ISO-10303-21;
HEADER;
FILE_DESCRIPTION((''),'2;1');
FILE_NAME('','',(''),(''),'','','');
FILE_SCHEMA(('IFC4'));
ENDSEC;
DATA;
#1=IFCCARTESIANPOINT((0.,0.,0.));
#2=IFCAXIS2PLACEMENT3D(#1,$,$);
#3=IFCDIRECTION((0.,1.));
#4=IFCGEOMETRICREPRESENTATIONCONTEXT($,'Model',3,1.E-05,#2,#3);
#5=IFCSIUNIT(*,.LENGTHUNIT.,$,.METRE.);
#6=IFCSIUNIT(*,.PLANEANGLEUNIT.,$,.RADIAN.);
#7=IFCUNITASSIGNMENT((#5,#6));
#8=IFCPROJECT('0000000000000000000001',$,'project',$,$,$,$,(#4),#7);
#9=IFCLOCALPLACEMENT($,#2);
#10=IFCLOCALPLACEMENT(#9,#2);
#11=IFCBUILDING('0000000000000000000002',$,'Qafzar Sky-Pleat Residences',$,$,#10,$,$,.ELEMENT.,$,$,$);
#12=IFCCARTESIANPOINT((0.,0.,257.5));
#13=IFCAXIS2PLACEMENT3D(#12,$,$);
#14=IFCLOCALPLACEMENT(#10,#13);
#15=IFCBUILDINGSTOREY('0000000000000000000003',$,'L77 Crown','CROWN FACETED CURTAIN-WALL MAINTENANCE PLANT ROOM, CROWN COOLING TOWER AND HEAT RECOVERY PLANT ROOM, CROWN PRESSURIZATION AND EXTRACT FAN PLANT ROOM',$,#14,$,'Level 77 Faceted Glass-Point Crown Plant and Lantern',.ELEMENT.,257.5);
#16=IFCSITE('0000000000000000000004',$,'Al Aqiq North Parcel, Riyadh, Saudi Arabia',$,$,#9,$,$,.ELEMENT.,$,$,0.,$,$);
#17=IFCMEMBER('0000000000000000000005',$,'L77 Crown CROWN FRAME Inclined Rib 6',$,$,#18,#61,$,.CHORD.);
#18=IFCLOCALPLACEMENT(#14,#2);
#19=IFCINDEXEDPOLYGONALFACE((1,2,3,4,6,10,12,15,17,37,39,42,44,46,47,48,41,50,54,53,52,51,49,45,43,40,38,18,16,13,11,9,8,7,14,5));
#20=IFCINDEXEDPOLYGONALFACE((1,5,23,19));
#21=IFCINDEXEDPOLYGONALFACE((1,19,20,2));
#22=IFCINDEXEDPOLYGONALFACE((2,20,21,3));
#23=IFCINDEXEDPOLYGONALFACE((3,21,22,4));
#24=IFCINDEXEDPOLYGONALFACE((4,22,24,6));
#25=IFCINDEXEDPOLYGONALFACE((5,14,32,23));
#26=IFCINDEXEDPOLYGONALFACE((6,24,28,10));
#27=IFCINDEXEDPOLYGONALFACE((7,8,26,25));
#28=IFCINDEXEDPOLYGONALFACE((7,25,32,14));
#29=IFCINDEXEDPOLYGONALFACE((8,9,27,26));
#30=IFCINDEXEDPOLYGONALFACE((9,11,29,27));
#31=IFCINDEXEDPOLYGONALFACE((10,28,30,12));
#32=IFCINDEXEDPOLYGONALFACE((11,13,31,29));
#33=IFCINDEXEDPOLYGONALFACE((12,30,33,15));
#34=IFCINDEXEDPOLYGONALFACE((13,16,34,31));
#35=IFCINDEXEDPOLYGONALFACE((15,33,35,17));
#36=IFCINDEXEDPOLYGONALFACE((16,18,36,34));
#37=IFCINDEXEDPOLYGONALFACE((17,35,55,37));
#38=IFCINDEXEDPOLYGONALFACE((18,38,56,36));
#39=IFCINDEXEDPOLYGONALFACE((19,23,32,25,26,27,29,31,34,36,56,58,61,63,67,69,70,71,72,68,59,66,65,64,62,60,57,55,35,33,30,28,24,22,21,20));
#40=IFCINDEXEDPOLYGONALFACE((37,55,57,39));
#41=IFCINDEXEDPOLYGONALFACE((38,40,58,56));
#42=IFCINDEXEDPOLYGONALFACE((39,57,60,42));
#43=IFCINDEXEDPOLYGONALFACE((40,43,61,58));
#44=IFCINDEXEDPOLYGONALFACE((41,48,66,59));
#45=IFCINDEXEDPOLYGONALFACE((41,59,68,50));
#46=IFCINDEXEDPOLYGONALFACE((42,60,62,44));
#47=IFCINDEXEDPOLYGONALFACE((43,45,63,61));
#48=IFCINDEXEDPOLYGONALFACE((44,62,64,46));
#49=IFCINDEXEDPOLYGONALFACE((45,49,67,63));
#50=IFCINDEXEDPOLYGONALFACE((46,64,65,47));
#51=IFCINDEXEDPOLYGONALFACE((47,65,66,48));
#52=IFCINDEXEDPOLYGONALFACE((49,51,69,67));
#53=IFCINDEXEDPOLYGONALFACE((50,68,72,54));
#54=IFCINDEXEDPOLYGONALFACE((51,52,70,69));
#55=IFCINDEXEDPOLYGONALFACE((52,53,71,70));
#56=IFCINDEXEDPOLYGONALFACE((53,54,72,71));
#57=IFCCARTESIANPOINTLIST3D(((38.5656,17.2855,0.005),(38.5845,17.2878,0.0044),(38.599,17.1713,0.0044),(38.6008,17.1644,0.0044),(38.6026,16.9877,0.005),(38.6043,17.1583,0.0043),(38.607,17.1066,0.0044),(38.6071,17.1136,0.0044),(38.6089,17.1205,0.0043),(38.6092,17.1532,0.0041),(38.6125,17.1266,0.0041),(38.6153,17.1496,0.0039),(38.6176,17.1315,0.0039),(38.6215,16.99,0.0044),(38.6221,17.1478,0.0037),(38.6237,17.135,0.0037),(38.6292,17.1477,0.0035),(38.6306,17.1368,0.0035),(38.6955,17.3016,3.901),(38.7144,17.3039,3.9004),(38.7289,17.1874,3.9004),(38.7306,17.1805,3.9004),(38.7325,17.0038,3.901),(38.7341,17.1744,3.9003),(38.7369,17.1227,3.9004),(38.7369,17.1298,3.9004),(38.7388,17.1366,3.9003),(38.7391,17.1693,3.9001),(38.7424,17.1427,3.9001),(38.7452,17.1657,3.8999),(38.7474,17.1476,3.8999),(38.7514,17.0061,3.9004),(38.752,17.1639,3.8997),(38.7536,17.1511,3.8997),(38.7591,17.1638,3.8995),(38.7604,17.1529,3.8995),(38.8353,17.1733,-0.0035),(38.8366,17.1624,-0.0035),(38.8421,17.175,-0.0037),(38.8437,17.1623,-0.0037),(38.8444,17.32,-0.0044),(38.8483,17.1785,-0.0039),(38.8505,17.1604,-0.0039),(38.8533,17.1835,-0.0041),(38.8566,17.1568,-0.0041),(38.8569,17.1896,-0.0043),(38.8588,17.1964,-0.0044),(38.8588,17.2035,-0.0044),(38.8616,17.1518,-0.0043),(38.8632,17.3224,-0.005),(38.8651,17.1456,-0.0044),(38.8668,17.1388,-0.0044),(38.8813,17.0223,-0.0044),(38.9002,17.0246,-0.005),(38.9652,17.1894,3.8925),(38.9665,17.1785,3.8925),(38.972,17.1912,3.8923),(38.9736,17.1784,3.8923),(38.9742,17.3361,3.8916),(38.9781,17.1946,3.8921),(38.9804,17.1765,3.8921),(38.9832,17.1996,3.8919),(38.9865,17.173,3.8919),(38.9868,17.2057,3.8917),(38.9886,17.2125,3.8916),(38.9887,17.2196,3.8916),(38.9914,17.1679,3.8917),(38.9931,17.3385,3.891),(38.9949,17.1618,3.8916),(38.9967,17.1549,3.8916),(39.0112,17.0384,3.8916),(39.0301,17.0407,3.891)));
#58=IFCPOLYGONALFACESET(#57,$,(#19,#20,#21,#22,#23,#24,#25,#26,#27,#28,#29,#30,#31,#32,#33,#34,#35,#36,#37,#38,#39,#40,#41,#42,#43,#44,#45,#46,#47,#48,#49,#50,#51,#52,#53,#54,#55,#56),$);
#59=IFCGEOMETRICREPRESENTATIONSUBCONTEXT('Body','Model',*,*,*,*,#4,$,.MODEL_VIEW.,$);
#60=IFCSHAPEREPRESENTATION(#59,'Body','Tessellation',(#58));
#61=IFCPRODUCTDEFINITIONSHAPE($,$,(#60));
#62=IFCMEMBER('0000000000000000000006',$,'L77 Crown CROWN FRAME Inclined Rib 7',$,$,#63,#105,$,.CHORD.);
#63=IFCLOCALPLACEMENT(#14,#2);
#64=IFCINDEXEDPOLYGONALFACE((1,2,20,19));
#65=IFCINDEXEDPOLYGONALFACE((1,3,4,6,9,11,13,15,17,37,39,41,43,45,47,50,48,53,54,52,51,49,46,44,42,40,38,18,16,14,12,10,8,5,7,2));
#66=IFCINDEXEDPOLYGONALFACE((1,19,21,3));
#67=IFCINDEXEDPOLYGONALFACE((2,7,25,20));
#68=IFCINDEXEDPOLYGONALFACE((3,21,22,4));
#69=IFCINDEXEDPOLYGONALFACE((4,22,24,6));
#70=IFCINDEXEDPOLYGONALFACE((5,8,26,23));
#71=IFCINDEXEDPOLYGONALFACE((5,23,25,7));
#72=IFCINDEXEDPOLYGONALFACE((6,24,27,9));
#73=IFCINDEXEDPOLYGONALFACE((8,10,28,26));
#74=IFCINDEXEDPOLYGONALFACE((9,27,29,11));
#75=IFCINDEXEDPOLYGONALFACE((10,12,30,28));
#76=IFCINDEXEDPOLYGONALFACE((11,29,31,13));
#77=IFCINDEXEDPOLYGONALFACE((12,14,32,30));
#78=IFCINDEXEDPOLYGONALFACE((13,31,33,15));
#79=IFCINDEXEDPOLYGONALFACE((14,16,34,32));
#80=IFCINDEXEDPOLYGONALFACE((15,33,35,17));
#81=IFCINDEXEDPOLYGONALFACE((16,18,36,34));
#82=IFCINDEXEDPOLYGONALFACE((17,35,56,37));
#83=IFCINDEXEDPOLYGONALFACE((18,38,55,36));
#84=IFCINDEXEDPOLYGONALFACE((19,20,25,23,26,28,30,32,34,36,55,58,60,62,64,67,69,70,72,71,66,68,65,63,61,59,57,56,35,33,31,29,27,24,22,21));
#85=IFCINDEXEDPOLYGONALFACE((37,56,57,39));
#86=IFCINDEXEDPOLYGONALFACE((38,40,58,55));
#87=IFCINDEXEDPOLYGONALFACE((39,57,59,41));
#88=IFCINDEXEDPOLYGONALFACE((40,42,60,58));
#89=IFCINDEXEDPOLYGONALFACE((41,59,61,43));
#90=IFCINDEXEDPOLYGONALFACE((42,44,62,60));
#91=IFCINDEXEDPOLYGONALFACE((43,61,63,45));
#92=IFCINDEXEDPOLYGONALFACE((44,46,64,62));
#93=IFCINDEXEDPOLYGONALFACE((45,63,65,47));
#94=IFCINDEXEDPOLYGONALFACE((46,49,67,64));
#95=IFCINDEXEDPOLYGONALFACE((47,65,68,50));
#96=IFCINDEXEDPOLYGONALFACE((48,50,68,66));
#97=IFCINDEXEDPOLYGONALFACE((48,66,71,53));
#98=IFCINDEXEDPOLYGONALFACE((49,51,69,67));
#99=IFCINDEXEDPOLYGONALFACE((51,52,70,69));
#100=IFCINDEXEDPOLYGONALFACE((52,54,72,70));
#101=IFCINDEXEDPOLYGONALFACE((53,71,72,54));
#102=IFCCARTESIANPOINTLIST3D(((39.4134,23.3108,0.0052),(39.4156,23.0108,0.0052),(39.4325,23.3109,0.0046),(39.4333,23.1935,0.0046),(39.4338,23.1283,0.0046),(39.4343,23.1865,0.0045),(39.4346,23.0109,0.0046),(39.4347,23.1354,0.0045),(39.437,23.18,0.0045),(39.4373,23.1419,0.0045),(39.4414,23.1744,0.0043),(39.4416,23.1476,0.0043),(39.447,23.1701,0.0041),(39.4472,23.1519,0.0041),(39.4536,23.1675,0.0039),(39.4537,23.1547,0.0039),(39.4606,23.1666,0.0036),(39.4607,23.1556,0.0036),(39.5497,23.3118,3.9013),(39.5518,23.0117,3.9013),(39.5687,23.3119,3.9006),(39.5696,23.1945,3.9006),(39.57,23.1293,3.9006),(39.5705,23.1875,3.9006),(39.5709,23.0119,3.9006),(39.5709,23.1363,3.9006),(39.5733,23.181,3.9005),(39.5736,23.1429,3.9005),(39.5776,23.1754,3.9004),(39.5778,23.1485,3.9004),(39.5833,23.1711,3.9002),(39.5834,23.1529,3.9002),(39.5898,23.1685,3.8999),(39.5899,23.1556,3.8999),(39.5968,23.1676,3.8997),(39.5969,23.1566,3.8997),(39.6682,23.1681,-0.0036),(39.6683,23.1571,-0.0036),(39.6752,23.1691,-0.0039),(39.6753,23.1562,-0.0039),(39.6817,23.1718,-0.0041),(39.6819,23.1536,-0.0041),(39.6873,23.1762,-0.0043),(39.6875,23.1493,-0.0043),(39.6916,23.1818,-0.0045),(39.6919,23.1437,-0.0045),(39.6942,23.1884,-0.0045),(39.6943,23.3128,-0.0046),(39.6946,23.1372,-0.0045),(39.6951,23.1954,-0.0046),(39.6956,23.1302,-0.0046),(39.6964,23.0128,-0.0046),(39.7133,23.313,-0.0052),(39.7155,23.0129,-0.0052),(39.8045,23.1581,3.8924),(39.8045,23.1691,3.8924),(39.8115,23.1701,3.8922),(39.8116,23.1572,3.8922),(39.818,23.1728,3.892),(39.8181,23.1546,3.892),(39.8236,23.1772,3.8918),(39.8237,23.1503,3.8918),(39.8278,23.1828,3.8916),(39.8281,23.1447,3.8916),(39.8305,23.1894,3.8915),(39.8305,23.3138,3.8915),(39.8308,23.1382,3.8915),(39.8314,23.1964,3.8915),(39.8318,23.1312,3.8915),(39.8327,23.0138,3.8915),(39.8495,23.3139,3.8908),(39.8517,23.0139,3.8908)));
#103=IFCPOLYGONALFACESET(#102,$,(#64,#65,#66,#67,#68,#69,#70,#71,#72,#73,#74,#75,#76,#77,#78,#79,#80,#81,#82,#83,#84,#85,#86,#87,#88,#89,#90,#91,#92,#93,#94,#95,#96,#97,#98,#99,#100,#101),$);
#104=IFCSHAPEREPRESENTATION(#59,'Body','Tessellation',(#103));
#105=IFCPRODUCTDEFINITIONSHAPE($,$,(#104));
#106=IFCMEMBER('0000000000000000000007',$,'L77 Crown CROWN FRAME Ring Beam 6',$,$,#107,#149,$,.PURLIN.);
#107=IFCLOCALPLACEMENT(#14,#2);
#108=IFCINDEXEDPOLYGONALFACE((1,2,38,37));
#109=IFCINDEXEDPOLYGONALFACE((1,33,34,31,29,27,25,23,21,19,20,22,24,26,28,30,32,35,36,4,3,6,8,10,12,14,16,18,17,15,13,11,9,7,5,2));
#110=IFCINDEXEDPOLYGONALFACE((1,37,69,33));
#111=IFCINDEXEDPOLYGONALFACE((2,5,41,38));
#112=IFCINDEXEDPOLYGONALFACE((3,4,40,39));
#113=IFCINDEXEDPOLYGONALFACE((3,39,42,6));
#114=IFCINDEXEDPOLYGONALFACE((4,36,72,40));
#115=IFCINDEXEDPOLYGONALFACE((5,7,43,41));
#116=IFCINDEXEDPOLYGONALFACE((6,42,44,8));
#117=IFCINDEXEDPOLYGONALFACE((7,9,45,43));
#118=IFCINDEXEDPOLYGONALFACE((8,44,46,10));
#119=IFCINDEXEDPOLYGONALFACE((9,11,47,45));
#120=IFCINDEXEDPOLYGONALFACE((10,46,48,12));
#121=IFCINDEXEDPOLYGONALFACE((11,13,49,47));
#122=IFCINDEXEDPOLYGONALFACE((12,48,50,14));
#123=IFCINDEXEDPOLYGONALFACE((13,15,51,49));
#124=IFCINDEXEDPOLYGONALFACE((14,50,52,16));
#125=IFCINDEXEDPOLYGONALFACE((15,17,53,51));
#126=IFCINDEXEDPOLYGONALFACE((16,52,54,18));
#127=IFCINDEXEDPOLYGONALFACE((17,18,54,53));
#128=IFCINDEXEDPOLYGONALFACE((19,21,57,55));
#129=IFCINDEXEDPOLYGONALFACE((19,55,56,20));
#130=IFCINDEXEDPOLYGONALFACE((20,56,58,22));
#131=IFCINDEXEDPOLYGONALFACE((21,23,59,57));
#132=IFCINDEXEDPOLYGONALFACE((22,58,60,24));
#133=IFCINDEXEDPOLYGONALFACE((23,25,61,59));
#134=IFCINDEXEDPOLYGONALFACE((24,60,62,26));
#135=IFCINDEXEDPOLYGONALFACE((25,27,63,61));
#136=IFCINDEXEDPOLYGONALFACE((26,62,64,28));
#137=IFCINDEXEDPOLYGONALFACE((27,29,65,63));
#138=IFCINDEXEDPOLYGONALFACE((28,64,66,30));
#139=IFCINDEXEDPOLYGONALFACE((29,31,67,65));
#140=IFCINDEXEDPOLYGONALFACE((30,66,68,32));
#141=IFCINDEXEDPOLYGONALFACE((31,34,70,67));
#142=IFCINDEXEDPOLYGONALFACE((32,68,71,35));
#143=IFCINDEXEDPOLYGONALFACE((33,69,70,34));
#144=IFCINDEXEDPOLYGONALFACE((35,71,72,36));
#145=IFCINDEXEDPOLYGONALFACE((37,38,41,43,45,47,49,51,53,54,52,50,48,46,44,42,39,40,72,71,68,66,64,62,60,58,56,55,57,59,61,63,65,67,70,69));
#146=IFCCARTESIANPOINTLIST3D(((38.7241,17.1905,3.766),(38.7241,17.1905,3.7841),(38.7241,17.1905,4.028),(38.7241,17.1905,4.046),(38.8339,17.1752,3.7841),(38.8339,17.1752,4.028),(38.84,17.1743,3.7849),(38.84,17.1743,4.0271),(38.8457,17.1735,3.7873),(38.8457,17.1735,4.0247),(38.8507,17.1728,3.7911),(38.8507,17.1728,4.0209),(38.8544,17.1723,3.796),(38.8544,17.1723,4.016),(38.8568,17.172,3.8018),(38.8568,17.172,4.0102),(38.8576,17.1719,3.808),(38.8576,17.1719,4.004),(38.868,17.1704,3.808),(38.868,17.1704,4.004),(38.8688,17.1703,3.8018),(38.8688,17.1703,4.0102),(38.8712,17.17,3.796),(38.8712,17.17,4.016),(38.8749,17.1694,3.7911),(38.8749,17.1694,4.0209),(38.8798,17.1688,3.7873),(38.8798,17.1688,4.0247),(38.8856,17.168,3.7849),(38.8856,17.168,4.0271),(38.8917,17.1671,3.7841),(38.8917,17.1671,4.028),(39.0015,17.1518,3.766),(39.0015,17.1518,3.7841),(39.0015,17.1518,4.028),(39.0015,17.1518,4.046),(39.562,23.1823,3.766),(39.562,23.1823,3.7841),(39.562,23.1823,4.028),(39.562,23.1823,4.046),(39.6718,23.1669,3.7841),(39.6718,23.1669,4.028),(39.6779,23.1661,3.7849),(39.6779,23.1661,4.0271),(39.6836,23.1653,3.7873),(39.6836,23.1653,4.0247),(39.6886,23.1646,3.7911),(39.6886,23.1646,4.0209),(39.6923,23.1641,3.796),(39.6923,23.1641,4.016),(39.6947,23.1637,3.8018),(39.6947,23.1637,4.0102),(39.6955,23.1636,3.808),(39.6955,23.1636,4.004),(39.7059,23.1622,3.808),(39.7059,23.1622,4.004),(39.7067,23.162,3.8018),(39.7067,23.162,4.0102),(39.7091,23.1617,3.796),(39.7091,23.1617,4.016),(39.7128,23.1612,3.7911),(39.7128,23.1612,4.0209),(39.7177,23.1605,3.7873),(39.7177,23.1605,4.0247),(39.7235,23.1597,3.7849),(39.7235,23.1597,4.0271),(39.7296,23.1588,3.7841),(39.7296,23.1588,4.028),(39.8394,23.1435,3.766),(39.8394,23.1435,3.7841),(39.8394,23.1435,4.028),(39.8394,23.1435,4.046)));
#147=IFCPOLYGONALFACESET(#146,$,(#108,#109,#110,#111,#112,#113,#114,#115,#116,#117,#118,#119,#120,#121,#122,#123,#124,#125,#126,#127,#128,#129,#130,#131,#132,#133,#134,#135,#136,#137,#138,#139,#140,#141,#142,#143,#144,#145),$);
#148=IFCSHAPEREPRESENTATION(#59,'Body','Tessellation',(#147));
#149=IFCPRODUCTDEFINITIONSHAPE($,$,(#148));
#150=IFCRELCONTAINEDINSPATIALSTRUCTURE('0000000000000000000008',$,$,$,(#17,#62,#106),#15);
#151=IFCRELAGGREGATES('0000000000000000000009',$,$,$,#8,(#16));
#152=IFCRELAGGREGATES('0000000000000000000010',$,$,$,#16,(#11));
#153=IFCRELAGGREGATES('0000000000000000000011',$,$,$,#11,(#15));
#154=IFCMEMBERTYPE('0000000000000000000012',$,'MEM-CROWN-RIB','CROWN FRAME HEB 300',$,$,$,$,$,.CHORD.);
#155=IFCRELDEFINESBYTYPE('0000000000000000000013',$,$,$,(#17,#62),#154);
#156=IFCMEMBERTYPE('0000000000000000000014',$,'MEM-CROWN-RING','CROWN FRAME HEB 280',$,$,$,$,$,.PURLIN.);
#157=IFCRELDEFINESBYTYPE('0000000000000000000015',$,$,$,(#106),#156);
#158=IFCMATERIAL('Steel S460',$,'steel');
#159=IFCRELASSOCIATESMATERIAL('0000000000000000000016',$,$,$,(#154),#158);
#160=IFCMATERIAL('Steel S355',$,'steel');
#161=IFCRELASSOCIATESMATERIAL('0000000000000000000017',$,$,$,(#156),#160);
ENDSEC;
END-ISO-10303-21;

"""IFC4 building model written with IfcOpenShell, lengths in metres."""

from ifc_helpers import new_model, si_unit, direction, frame, origin, origin_2d, place, context, subcontext, project, spatial, i_section, extrude, source, transform, mapped, material, material_profile, profile_set, type_object, element, save


model = new_model("IFC4")

# Units and contexts
model_context = context("Model", 3, precision=1e-05, world=origin(), true_north=direction((0.0, 1.0)))
body_context = subcontext(model_context, "Body", "Model", "MODEL_VIEW")
ifc_project = project(units=[si_unit("LENGTHUNIT", "METRE"), si_unit("PLANEANGLEUNIT", "RADIAN")], contexts=[model_context])

# Site, building, storey
site_placement = place(None, origin())
site = spatial("IfcSite", under=ifc_project, at=site_placement, Name="Al Aqiq North Parcel, Riyadh, Saudi Arabia", CompositionType="ELEMENT", RefElevation=0.0)
building_placement = place(site_placement, origin())
building = spatial("IfcBuilding", under=site, at=building_placement, Name="Qafzar Sky-Pleat Residences", CompositionType="ELEMENT")
storey_placement = place(building_placement, frame((0.0, 0.0, 257.5)))
storey = spatial("IfcBuildingStorey", under=building, at=storey_placement, Name="L77 Crown", Description="CROWN FACETED CURTAIN-WALL MAINTENANCE PLANT ROOM, CROWN COOLING TOWER AND HEAT RECOVERY PLANT ROOM, CROWN PRESSURIZATION AND EXTRACT FAN PLANT ROOM", LongName="Level 77 Faceted Glass-Point Crown Plant and Lantern", CompositionType="ELEMENT", Elevation=257.5)

# Members
ifc_material_1 = material(Name="Steel S460", Category="steel")
ifc_material_profile_1 = material_profile(ifc_material_1, i_section(OverallWidth=0.3, OverallDepth=0.3, WebThickness=0.011, FlangeThickness=0.019, FilletRadius=0.0271, at=origin_2d()), Name="HEB 300")
ifc_profile_set_1 = profile_set([ifc_material_profile_1], Name="Steel S460")
member_type_1 = type_object("IfcMemberType", Name="MEM-CROWN-RIB", Description="CROWN FRAME HEB 300", PredefinedType="CHORD", material=ifc_profile_set_1)
shared_shape_1 = source(origin(), body_context, "Body", "SweptSolid", [
    extrude(i_section(OverallWidth=0.3, OverallDepth=0.3, WebThickness=0.011, FlangeThickness=0.019, FilletRadius=0.0271, at=origin_2d()), origin(), (0.0, 0.0, 1.0), 3.8982),
])
member_1_placement = place(storey_placement, frame((38.7329, 17.155, 0.0), z_axis=(0.033319, 0.004134, 0.999436), x_axis=(-0.123116, 0.992392, 0.0)))
element("IfcMember", 1, at=member_1_placement, inside=storey, type_object=member_type_1, Name="L77 Crown CROWN FRAME Inclined Rib 6", PredefinedType="CHORD", context=body_context, shape_type="MappedRepresentation", body=[
    mapped(shared_shape_1, transform((0.0, 0.0, 0.0), x_axis=(1.0, 0.0, 0.0), y_axis=(0.0, 1.0, 0.0), z_axis=(0.0, 0.0, 1.0), scale=1.0)),
])
shared_shape_2 = source(origin(), body_context, "Body", "SweptSolid", [
    extrude(i_section(OverallWidth=0.3, OverallDepth=0.3, WebThickness=0.011, FlangeThickness=0.019, FilletRadius=0.0271, at=origin_2d()), origin(), (0.0, 0.0, 1.0), 3.8984),
])
member_2_placement = place(storey_placement, frame((39.5645, 23.1619, 0.0), z_axis=(0.034945, 0.000251, 0.999389), x_axis=(-0.007168, 0.999974, 0.0)))
element("IfcMember", 2, at=member_2_placement, inside=storey, type_object=member_type_1, Name="L77 Crown CROWN FRAME Inclined Rib 7", PredefinedType="CHORD", context=body_context, shape_type="MappedRepresentation", body=[
    mapped(shared_shape_2, transform((0.0, 0.0, 0.0), x_axis=(1.0, 0.0, 0.0), y_axis=(0.0, 1.0, 0.0), z_axis=(0.0, 0.0, 1.0), scale=1.0)),
])
ifc_material_2 = material(Name="Steel S355", Category="steel")
ifc_material_profile_2 = material_profile(ifc_material_2, i_section(OverallWidth=0.28, OverallDepth=0.28, WebThickness=0.0105, FlangeThickness=0.0181, FilletRadius=0.0239, at=origin_2d()), Name="HEB 280")
ifc_profile_set_2 = profile_set([ifc_material_profile_2], Name="Steel S355")
member_type_2 = type_object("IfcMemberType", Name="MEM-CROWN-RING", Description="CROWN FRAME HEB 280", PredefinedType="PURLIN", material=ifc_profile_set_2)
shared_shape_3 = source(origin(), body_context, "Body", "SweptSolid", [
    extrude(i_section(OverallWidth=0.28, OverallDepth=0.28, WebThickness=0.0105, FlangeThickness=0.0181, FilletRadius=0.0239, at=origin_2d()), origin(), (0.0, 0.0, 1.0), 6.05),
])
member_3_placement = place(storey_placement, frame((38.8628, 17.1711, 3.906), z_axis=(0.138494, 0.990363, 0.0), x_axis=(-0.990363, 0.138494, 0.0)))
element("IfcMember", 3, at=member_3_placement, inside=storey, type_object=member_type_2, Name="L77 Crown CROWN FRAME Ring Beam 6", PredefinedType="PURLIN", context=body_context, shape_type="MappedRepresentation", body=[
    mapped(shared_shape_3, transform((0.0, 0.0, 0.0), x_axis=(1.0, 0.0, 0.0), y_axis=(0.0, 1.0, 0.0), z_axis=(0.0, 0.0, 1.0), scale=1.0)),
])

save(model, "model.ifc")
